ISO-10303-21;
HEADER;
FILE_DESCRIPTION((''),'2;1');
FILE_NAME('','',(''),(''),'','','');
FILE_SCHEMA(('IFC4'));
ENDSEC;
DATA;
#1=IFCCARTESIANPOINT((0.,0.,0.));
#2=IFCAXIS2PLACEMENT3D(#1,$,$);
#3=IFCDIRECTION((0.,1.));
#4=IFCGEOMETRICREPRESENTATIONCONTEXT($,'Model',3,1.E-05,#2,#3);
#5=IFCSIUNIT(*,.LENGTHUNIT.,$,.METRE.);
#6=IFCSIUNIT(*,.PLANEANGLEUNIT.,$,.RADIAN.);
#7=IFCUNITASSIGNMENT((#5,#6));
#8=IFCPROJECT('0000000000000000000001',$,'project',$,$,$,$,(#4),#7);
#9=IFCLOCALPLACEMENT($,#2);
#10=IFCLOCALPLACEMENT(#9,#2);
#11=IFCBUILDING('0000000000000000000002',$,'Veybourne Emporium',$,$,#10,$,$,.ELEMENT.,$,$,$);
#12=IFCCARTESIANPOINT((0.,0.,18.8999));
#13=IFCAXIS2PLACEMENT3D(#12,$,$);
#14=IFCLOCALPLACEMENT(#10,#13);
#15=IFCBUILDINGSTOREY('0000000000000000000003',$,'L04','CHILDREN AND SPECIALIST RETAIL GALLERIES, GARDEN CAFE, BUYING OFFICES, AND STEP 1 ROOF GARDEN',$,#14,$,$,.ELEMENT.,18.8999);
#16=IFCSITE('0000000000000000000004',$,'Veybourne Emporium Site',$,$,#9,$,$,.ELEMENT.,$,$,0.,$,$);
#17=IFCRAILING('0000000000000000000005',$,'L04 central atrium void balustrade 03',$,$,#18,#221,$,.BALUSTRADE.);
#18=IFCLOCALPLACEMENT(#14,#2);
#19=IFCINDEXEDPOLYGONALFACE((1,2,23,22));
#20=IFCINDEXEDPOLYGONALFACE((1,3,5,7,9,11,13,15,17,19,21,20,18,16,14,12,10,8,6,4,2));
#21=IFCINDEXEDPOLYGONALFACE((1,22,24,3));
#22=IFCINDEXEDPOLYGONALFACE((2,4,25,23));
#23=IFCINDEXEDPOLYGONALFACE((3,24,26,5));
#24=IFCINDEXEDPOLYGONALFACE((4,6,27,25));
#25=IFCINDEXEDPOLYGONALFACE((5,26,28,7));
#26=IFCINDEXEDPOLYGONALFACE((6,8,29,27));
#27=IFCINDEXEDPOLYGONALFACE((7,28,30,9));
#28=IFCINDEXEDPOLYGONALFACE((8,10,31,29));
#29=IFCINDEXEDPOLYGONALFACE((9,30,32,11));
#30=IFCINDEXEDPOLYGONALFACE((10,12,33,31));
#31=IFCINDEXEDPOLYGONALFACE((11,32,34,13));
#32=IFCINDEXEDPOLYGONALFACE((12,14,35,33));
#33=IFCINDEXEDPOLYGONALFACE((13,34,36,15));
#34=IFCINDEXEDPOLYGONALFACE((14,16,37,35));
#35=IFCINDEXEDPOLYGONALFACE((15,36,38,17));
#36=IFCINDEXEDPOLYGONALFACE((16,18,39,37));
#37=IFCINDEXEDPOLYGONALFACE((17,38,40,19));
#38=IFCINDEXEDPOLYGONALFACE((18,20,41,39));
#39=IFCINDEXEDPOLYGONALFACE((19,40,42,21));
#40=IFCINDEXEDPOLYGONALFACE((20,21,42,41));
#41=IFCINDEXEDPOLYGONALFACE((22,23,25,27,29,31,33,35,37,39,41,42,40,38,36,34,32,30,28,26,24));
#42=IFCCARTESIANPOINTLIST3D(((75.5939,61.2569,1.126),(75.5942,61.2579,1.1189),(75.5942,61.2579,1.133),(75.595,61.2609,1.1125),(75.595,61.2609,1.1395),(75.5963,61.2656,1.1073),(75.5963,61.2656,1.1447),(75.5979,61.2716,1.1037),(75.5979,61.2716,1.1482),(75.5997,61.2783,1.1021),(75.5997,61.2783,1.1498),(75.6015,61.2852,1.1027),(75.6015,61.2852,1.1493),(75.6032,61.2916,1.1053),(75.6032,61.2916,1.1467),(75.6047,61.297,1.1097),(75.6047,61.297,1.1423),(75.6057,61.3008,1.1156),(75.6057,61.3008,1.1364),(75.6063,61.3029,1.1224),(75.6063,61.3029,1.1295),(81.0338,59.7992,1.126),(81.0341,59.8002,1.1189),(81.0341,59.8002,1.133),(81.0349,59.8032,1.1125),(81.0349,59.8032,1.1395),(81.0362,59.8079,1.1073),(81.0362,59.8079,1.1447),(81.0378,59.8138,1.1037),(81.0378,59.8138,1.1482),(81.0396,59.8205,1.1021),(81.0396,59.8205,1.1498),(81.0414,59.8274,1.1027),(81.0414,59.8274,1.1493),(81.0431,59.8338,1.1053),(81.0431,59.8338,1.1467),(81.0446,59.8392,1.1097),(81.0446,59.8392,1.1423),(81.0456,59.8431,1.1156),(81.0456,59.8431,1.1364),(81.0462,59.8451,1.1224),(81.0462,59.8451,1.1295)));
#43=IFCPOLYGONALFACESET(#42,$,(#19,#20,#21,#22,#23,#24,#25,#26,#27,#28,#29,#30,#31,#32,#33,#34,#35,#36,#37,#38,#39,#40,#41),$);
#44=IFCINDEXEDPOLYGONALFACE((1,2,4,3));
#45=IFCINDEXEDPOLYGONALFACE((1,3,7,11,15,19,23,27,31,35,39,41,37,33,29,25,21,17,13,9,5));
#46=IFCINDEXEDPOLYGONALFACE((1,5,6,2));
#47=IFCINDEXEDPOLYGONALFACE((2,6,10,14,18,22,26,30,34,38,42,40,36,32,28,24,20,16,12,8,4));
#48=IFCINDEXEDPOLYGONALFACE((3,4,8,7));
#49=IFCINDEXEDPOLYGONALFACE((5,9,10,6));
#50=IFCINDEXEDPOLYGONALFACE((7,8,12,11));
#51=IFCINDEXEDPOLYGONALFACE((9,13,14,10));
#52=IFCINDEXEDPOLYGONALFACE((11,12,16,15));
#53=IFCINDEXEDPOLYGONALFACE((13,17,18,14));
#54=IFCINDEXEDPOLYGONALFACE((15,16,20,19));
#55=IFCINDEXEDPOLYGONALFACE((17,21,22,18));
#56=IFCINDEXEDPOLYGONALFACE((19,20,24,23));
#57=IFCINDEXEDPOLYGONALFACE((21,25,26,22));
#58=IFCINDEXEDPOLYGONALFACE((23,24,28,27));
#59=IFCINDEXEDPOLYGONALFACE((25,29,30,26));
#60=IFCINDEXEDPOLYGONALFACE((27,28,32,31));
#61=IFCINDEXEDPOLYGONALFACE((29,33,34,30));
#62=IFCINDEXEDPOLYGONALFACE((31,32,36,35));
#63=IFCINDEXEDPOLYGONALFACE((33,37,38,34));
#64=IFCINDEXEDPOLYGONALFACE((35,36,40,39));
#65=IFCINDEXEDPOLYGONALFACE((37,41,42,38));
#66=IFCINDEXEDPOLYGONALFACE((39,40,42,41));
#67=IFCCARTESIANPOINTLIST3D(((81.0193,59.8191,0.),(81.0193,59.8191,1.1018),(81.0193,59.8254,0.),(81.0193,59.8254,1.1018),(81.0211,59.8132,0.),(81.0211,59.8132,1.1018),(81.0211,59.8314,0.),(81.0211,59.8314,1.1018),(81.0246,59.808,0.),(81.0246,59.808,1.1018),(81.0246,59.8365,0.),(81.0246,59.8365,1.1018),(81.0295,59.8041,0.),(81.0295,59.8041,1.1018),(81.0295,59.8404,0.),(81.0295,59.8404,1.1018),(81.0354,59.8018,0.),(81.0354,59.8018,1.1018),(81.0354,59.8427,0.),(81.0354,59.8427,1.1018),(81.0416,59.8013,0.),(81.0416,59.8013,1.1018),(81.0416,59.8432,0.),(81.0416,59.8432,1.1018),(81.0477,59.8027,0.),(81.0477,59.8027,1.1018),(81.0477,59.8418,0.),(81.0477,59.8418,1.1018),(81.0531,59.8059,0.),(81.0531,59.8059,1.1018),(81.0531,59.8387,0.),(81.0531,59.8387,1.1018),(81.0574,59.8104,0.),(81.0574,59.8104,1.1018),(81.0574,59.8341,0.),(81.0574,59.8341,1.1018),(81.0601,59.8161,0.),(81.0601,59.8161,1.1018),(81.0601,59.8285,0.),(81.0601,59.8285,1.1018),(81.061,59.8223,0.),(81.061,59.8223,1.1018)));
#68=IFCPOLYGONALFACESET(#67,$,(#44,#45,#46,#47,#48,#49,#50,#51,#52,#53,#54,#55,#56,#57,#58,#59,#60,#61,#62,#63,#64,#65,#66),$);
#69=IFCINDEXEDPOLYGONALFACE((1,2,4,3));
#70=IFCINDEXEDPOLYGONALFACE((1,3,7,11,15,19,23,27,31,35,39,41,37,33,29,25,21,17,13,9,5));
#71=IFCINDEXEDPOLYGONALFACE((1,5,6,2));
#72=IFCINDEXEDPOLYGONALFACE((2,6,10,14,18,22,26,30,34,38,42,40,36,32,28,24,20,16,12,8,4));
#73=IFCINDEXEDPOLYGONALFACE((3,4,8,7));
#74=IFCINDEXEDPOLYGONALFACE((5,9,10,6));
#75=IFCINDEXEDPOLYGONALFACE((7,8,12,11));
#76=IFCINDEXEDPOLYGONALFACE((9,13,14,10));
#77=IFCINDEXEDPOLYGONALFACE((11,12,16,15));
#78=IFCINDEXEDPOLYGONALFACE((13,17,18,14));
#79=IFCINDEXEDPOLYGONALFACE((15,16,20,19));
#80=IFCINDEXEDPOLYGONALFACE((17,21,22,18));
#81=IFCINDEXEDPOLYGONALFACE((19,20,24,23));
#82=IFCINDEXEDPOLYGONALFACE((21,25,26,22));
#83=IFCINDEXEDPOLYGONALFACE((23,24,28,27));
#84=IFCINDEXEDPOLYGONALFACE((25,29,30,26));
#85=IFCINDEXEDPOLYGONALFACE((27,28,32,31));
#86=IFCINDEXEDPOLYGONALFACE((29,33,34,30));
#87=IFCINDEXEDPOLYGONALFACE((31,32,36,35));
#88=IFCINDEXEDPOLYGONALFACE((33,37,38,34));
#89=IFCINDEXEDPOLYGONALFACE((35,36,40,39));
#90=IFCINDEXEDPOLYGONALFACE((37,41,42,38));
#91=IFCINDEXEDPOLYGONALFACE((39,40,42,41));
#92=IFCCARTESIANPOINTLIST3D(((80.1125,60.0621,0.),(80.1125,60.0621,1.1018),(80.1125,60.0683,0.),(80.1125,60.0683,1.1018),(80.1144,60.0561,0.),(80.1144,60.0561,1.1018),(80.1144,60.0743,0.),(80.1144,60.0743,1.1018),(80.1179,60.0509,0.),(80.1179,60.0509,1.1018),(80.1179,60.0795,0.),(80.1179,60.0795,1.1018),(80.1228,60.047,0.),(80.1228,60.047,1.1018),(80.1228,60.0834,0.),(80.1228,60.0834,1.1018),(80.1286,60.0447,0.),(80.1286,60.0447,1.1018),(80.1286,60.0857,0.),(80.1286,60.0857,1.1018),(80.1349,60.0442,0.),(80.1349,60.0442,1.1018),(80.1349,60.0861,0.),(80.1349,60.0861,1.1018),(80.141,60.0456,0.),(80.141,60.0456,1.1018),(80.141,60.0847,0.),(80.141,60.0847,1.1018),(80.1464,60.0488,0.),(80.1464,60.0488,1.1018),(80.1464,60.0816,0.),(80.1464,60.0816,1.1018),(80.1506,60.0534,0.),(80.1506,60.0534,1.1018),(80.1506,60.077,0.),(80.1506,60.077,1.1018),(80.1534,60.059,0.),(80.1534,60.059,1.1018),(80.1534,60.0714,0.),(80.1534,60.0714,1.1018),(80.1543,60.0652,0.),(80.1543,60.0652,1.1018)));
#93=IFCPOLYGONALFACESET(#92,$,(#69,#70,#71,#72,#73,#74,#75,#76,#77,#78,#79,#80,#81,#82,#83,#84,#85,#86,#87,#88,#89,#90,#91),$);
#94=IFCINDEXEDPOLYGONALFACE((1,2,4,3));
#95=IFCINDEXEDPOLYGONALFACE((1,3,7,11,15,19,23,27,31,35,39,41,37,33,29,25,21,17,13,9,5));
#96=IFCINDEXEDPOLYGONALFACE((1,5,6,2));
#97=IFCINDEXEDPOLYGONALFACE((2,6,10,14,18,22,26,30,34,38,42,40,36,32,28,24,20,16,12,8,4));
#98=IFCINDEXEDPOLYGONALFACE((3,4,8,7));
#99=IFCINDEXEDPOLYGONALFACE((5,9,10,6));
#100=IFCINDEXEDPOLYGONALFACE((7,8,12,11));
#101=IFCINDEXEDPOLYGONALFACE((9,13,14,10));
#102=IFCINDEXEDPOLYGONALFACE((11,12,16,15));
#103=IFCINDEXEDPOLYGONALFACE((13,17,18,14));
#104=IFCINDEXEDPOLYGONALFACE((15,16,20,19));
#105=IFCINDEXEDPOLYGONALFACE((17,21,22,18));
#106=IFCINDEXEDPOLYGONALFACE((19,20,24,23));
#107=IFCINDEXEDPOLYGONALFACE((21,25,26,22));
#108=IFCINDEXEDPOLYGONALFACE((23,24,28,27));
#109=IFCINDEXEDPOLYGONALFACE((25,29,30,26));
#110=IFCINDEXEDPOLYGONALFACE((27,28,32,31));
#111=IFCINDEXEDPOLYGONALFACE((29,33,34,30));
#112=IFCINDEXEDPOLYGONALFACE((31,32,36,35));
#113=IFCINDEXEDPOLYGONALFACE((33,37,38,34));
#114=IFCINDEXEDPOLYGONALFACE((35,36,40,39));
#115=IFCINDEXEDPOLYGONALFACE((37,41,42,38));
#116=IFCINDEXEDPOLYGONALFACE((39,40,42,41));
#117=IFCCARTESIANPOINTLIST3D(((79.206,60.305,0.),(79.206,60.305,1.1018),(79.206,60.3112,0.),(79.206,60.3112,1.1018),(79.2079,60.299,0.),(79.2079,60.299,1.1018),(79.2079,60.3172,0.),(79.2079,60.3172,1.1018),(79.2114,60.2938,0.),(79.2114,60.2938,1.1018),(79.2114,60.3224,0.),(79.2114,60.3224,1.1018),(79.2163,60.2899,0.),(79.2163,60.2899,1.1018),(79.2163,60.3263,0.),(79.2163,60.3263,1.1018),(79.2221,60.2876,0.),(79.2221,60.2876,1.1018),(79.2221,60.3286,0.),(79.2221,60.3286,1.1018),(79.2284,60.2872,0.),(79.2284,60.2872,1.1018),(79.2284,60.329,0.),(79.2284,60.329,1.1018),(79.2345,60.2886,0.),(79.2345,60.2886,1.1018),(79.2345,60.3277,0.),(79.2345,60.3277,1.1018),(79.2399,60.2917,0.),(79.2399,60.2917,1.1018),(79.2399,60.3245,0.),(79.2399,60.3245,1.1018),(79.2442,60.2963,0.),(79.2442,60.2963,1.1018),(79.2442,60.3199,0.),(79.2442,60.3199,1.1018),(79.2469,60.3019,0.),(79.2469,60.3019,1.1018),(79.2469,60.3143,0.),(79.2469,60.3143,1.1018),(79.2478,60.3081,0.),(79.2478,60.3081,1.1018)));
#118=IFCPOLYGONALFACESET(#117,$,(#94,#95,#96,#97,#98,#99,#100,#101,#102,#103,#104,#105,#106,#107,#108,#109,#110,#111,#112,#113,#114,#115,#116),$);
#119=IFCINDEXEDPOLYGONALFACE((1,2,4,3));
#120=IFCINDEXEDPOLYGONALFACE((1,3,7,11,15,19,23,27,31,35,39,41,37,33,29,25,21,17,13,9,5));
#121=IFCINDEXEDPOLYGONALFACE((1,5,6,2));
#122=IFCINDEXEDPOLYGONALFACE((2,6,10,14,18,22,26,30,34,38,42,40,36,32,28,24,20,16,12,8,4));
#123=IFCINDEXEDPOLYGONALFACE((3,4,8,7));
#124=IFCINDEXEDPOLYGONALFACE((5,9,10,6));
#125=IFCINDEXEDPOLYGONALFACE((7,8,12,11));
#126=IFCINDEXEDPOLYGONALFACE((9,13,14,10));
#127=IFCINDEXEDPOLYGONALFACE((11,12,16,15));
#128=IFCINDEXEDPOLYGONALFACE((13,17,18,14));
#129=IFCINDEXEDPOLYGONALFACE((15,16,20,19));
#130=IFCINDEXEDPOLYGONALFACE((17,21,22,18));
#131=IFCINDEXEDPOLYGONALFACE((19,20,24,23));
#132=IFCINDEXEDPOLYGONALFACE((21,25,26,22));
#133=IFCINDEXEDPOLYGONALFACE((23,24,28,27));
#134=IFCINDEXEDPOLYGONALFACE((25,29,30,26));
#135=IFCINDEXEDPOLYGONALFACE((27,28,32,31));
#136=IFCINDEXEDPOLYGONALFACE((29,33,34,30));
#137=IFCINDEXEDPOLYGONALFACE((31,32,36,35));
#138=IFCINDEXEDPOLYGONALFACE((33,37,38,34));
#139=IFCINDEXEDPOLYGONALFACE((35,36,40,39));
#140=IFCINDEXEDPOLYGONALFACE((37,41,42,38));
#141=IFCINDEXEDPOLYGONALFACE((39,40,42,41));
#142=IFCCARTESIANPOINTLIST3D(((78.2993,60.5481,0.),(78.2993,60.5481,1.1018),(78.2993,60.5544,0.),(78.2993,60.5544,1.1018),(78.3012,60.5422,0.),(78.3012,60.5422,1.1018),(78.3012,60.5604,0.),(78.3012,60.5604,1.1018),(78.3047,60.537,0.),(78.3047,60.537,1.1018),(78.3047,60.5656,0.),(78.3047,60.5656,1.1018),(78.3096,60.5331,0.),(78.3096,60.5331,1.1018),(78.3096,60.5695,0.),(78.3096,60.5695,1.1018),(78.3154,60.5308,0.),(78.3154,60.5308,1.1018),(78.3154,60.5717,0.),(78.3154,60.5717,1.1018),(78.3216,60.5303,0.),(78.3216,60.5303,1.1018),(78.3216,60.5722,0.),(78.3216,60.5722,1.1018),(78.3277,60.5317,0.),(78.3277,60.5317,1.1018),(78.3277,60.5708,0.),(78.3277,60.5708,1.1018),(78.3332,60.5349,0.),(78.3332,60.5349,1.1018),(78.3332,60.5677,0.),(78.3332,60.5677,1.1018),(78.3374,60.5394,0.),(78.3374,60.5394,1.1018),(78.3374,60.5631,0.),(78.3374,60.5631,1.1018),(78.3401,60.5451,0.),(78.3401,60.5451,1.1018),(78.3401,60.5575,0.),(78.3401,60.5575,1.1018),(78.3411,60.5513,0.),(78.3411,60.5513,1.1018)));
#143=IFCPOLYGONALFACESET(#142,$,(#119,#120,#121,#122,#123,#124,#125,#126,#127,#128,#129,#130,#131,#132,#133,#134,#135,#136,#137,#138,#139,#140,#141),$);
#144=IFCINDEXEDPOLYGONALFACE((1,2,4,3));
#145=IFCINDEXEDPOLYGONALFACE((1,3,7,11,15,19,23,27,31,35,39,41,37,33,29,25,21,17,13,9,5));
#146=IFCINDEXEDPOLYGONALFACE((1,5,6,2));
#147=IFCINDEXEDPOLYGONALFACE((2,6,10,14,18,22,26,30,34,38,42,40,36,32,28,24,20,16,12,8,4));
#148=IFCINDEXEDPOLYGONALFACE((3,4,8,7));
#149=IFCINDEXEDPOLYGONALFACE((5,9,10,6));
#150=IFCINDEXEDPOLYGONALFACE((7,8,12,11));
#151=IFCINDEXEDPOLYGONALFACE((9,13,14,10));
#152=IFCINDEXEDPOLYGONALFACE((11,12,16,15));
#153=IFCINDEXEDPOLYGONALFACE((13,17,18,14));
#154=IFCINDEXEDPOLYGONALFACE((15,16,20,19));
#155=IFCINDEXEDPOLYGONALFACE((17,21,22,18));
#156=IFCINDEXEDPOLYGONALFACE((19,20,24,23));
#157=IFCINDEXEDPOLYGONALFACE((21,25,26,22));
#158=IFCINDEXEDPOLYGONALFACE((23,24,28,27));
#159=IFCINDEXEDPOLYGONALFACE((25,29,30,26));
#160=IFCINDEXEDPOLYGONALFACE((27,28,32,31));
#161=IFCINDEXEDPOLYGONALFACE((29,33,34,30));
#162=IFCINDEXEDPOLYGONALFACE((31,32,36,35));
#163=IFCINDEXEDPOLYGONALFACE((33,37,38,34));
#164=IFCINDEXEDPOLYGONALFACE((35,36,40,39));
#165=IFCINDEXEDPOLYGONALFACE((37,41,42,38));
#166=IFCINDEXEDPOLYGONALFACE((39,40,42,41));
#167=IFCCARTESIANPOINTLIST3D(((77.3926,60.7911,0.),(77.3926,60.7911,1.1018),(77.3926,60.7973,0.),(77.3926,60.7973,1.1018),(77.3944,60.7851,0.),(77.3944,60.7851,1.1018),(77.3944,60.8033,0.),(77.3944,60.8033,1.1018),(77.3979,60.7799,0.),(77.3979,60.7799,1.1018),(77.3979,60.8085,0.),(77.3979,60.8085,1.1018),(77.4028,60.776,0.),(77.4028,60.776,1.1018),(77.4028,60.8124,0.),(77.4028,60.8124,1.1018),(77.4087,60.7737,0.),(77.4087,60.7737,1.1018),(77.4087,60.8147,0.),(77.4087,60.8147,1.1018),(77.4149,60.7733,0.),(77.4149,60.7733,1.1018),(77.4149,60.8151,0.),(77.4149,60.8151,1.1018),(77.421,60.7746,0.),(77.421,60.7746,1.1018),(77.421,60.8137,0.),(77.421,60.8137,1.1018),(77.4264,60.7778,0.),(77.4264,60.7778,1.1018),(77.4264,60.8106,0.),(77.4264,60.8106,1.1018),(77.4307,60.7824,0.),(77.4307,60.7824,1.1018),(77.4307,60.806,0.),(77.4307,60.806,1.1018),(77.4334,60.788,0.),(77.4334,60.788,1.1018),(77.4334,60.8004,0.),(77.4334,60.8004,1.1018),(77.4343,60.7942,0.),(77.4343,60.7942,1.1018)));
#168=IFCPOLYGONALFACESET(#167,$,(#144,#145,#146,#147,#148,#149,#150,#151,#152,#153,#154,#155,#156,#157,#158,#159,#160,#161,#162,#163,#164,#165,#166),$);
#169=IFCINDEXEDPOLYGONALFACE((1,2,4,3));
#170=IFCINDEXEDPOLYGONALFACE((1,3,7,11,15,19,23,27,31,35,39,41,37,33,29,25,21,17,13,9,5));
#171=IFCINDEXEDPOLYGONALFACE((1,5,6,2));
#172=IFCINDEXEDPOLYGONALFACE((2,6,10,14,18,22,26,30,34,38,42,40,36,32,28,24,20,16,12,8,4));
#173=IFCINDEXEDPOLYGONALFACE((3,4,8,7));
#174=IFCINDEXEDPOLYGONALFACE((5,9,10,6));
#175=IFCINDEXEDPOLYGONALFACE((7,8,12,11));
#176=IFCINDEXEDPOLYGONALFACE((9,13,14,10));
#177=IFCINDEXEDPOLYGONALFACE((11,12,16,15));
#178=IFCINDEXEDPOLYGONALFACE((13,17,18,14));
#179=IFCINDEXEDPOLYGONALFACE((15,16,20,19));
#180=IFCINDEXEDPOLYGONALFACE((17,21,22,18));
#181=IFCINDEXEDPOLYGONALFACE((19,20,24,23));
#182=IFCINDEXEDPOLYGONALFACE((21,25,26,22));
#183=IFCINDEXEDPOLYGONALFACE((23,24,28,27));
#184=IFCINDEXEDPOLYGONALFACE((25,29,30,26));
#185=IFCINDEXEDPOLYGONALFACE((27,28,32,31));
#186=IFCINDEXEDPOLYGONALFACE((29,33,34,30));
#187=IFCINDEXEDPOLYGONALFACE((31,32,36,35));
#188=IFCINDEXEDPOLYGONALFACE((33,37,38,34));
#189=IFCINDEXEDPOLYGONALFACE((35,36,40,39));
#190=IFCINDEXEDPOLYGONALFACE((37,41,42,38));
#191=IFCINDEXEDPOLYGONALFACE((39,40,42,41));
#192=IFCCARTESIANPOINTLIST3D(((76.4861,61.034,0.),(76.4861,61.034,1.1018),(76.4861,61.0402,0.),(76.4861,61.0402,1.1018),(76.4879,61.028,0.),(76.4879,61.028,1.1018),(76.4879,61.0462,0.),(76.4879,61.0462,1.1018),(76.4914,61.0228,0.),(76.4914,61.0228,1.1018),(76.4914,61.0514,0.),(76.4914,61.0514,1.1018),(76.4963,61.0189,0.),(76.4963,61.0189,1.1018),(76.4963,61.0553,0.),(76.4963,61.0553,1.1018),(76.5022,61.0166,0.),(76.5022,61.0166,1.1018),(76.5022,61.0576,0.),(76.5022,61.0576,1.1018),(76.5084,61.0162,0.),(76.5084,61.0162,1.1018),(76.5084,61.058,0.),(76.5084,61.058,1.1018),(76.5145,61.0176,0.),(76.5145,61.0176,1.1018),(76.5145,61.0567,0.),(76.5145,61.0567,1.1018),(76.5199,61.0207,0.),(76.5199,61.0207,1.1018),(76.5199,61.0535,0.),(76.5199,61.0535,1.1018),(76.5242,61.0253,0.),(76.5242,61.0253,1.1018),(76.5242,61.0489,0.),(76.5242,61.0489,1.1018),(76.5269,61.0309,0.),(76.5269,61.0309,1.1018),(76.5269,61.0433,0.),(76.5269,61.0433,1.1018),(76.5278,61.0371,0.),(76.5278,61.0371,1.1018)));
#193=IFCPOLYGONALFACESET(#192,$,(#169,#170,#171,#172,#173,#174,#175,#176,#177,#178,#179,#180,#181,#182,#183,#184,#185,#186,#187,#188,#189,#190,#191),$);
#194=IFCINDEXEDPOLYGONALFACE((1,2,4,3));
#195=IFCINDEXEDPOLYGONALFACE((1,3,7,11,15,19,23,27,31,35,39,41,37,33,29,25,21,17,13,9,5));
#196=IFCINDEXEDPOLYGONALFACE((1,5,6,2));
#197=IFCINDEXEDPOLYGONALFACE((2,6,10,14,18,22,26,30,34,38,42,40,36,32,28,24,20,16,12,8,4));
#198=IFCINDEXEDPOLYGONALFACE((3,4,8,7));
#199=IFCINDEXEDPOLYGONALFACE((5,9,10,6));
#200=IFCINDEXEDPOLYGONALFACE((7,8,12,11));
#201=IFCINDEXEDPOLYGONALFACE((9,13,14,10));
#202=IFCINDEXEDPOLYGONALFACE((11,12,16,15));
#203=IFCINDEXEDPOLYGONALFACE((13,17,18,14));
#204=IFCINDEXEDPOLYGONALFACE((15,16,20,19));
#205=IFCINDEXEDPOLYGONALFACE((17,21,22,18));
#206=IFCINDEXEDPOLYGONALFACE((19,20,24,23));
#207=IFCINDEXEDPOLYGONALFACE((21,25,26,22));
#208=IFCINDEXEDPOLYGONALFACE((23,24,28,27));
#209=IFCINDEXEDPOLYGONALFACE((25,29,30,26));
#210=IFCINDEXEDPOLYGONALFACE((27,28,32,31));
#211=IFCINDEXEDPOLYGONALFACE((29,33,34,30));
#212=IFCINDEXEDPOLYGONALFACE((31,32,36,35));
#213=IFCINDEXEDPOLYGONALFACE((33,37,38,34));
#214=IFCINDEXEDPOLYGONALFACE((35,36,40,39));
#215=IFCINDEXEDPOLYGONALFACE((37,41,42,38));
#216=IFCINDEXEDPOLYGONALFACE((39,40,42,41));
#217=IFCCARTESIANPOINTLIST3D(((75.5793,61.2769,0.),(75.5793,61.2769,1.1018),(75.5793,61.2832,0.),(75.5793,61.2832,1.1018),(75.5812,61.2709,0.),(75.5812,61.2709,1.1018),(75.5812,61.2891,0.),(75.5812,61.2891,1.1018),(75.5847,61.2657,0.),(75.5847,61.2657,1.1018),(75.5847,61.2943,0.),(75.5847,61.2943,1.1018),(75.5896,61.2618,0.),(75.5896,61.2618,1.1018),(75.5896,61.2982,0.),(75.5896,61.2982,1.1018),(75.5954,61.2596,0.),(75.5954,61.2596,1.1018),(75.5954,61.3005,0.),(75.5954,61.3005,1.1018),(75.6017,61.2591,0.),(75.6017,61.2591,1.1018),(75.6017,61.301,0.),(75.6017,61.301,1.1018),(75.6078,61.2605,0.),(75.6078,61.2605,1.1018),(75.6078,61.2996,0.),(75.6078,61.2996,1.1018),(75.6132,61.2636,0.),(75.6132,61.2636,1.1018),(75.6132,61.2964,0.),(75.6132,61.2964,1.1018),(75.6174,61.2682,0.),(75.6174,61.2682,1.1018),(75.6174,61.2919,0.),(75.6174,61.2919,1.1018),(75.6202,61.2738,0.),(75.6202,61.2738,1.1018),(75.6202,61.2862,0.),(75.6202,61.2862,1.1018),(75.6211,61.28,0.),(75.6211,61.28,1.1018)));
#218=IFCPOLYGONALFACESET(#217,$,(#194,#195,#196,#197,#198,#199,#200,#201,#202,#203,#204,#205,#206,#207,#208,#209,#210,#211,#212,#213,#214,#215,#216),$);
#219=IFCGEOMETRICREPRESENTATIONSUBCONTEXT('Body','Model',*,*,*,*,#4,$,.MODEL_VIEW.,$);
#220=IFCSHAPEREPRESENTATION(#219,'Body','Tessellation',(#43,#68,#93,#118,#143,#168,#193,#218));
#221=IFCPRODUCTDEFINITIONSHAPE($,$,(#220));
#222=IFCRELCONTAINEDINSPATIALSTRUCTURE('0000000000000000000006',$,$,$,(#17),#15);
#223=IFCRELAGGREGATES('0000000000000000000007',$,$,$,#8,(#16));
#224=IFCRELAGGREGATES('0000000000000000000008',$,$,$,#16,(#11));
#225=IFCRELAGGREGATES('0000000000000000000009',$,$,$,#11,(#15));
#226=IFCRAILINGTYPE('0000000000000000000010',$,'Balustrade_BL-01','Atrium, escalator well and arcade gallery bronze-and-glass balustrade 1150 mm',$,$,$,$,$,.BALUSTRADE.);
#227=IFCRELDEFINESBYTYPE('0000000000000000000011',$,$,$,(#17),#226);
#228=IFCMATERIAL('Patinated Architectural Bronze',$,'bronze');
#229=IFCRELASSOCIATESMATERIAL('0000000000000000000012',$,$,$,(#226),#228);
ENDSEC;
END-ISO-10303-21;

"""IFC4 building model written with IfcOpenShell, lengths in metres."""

from ifc_helpers import new_model, si_unit, direction, frame, origin, origin_2d, place, context, subcontext, project, spatial, circle, extrude, material, type_object, element, save


model = new_model("IFC4")

# Units and contexts
model_context = context("Model", 3, precision=1e-05, world=origin(), true_north=direction((0.0, 1.0)))
body_context = subcontext(model_context, "Body", "Model", "MODEL_VIEW")
ifc_project = project(units=[si_unit("LENGTHUNIT", "METRE"), si_unit("PLANEANGLEUNIT", "RADIAN")], contexts=[model_context])

# Site, building, storey
site_placement = place(None, origin())
site = spatial("IfcSite", under=ifc_project, at=site_placement, Name="Veybourne Emporium Site", CompositionType="ELEMENT", RefElevation=0.0)
building_placement = place(site_placement, origin())
building = spatial("IfcBuilding", under=site, at=building_placement, Name="Veybourne Emporium", CompositionType="ELEMENT")
storey_placement = place(building_placement, frame((0.0, 0.0, 18.8999)))
storey = spatial("IfcBuildingStorey", under=building, at=storey_placement, Name="L04", Description="CHILDREN AND SPECIALIST RETAIL GALLERIES, GARDEN CAFE, BUYING OFFICES, AND STEP 1 ROOF GARDEN", CompositionType="ELEMENT", Elevation=18.8999)

# Shared definitions
ifc_material_1 = material(Name="Patinated Architectural Bronze", Category="bronze")

# Railing
railing_type = type_object("IfcRailingType", Name="Balustrade_BL-01", Description="Atrium, escalator well and arcade gallery bronze-and-glass balustrade 1150 mm", PredefinedType="BALUSTRADE", material=ifc_material_1)
railing_1_placement = place(storey_placement, frame((81.04, 59.8223, 0.0)))
element("IfcRailing", 1, at=railing_1_placement, inside=storey, type_object=railing_type, Name="L04 central atrium void balustrade 03", PredefinedType="BALUSTRADE", context=body_context, shape_type="SweptSolid", body=[
    extrude(circle(Radius=0.0239, at=origin_2d()), frame((0.0, 0.0, 1.126), z_axis=(-0.96592, 0.258842, 0.0), x_axis=(-0.258842, -0.96592, 0.0)), (0.0, 0.0, 1.0), 5.6318),
    extrude(circle(Radius=0.021, at=origin_2d()), origin(), (0.0, 0.0, 1.0), 1.1018),
    extrude(circle(Radius=0.021, at=origin_2d()), frame((-0.9067, 0.2429, 0.0)), (0.0, 0.0, 1.0), 1.1018),
    extrude(circle(Radius=0.021, at=origin_2d()), frame((-1.8132, 0.4858, 0.0)), (0.0, 0.0, 1.0), 1.1018),
    extrude(circle(Radius=0.021, at=origin_2d()), frame((-2.72, 0.729, 0.0)), (0.0, 0.0, 1.0), 1.1018),
    extrude(circle(Radius=0.021, at=origin_2d()), frame((-3.6267, 0.9719, 0.0)), (0.0, 0.0, 1.0), 1.1018),
    extrude(circle(Radius=0.021, at=origin_2d()), frame((-4.5332, 1.2148, 0.0)), (0.0, 0.0, 1.0), 1.1018),
    extrude(circle(Radius=0.021, at=origin_2d()), frame((-5.4399, 1.4578, 0.0)), (0.0, 0.0, 1.0), 1.1018),
])

save(model, "model.ifc")
